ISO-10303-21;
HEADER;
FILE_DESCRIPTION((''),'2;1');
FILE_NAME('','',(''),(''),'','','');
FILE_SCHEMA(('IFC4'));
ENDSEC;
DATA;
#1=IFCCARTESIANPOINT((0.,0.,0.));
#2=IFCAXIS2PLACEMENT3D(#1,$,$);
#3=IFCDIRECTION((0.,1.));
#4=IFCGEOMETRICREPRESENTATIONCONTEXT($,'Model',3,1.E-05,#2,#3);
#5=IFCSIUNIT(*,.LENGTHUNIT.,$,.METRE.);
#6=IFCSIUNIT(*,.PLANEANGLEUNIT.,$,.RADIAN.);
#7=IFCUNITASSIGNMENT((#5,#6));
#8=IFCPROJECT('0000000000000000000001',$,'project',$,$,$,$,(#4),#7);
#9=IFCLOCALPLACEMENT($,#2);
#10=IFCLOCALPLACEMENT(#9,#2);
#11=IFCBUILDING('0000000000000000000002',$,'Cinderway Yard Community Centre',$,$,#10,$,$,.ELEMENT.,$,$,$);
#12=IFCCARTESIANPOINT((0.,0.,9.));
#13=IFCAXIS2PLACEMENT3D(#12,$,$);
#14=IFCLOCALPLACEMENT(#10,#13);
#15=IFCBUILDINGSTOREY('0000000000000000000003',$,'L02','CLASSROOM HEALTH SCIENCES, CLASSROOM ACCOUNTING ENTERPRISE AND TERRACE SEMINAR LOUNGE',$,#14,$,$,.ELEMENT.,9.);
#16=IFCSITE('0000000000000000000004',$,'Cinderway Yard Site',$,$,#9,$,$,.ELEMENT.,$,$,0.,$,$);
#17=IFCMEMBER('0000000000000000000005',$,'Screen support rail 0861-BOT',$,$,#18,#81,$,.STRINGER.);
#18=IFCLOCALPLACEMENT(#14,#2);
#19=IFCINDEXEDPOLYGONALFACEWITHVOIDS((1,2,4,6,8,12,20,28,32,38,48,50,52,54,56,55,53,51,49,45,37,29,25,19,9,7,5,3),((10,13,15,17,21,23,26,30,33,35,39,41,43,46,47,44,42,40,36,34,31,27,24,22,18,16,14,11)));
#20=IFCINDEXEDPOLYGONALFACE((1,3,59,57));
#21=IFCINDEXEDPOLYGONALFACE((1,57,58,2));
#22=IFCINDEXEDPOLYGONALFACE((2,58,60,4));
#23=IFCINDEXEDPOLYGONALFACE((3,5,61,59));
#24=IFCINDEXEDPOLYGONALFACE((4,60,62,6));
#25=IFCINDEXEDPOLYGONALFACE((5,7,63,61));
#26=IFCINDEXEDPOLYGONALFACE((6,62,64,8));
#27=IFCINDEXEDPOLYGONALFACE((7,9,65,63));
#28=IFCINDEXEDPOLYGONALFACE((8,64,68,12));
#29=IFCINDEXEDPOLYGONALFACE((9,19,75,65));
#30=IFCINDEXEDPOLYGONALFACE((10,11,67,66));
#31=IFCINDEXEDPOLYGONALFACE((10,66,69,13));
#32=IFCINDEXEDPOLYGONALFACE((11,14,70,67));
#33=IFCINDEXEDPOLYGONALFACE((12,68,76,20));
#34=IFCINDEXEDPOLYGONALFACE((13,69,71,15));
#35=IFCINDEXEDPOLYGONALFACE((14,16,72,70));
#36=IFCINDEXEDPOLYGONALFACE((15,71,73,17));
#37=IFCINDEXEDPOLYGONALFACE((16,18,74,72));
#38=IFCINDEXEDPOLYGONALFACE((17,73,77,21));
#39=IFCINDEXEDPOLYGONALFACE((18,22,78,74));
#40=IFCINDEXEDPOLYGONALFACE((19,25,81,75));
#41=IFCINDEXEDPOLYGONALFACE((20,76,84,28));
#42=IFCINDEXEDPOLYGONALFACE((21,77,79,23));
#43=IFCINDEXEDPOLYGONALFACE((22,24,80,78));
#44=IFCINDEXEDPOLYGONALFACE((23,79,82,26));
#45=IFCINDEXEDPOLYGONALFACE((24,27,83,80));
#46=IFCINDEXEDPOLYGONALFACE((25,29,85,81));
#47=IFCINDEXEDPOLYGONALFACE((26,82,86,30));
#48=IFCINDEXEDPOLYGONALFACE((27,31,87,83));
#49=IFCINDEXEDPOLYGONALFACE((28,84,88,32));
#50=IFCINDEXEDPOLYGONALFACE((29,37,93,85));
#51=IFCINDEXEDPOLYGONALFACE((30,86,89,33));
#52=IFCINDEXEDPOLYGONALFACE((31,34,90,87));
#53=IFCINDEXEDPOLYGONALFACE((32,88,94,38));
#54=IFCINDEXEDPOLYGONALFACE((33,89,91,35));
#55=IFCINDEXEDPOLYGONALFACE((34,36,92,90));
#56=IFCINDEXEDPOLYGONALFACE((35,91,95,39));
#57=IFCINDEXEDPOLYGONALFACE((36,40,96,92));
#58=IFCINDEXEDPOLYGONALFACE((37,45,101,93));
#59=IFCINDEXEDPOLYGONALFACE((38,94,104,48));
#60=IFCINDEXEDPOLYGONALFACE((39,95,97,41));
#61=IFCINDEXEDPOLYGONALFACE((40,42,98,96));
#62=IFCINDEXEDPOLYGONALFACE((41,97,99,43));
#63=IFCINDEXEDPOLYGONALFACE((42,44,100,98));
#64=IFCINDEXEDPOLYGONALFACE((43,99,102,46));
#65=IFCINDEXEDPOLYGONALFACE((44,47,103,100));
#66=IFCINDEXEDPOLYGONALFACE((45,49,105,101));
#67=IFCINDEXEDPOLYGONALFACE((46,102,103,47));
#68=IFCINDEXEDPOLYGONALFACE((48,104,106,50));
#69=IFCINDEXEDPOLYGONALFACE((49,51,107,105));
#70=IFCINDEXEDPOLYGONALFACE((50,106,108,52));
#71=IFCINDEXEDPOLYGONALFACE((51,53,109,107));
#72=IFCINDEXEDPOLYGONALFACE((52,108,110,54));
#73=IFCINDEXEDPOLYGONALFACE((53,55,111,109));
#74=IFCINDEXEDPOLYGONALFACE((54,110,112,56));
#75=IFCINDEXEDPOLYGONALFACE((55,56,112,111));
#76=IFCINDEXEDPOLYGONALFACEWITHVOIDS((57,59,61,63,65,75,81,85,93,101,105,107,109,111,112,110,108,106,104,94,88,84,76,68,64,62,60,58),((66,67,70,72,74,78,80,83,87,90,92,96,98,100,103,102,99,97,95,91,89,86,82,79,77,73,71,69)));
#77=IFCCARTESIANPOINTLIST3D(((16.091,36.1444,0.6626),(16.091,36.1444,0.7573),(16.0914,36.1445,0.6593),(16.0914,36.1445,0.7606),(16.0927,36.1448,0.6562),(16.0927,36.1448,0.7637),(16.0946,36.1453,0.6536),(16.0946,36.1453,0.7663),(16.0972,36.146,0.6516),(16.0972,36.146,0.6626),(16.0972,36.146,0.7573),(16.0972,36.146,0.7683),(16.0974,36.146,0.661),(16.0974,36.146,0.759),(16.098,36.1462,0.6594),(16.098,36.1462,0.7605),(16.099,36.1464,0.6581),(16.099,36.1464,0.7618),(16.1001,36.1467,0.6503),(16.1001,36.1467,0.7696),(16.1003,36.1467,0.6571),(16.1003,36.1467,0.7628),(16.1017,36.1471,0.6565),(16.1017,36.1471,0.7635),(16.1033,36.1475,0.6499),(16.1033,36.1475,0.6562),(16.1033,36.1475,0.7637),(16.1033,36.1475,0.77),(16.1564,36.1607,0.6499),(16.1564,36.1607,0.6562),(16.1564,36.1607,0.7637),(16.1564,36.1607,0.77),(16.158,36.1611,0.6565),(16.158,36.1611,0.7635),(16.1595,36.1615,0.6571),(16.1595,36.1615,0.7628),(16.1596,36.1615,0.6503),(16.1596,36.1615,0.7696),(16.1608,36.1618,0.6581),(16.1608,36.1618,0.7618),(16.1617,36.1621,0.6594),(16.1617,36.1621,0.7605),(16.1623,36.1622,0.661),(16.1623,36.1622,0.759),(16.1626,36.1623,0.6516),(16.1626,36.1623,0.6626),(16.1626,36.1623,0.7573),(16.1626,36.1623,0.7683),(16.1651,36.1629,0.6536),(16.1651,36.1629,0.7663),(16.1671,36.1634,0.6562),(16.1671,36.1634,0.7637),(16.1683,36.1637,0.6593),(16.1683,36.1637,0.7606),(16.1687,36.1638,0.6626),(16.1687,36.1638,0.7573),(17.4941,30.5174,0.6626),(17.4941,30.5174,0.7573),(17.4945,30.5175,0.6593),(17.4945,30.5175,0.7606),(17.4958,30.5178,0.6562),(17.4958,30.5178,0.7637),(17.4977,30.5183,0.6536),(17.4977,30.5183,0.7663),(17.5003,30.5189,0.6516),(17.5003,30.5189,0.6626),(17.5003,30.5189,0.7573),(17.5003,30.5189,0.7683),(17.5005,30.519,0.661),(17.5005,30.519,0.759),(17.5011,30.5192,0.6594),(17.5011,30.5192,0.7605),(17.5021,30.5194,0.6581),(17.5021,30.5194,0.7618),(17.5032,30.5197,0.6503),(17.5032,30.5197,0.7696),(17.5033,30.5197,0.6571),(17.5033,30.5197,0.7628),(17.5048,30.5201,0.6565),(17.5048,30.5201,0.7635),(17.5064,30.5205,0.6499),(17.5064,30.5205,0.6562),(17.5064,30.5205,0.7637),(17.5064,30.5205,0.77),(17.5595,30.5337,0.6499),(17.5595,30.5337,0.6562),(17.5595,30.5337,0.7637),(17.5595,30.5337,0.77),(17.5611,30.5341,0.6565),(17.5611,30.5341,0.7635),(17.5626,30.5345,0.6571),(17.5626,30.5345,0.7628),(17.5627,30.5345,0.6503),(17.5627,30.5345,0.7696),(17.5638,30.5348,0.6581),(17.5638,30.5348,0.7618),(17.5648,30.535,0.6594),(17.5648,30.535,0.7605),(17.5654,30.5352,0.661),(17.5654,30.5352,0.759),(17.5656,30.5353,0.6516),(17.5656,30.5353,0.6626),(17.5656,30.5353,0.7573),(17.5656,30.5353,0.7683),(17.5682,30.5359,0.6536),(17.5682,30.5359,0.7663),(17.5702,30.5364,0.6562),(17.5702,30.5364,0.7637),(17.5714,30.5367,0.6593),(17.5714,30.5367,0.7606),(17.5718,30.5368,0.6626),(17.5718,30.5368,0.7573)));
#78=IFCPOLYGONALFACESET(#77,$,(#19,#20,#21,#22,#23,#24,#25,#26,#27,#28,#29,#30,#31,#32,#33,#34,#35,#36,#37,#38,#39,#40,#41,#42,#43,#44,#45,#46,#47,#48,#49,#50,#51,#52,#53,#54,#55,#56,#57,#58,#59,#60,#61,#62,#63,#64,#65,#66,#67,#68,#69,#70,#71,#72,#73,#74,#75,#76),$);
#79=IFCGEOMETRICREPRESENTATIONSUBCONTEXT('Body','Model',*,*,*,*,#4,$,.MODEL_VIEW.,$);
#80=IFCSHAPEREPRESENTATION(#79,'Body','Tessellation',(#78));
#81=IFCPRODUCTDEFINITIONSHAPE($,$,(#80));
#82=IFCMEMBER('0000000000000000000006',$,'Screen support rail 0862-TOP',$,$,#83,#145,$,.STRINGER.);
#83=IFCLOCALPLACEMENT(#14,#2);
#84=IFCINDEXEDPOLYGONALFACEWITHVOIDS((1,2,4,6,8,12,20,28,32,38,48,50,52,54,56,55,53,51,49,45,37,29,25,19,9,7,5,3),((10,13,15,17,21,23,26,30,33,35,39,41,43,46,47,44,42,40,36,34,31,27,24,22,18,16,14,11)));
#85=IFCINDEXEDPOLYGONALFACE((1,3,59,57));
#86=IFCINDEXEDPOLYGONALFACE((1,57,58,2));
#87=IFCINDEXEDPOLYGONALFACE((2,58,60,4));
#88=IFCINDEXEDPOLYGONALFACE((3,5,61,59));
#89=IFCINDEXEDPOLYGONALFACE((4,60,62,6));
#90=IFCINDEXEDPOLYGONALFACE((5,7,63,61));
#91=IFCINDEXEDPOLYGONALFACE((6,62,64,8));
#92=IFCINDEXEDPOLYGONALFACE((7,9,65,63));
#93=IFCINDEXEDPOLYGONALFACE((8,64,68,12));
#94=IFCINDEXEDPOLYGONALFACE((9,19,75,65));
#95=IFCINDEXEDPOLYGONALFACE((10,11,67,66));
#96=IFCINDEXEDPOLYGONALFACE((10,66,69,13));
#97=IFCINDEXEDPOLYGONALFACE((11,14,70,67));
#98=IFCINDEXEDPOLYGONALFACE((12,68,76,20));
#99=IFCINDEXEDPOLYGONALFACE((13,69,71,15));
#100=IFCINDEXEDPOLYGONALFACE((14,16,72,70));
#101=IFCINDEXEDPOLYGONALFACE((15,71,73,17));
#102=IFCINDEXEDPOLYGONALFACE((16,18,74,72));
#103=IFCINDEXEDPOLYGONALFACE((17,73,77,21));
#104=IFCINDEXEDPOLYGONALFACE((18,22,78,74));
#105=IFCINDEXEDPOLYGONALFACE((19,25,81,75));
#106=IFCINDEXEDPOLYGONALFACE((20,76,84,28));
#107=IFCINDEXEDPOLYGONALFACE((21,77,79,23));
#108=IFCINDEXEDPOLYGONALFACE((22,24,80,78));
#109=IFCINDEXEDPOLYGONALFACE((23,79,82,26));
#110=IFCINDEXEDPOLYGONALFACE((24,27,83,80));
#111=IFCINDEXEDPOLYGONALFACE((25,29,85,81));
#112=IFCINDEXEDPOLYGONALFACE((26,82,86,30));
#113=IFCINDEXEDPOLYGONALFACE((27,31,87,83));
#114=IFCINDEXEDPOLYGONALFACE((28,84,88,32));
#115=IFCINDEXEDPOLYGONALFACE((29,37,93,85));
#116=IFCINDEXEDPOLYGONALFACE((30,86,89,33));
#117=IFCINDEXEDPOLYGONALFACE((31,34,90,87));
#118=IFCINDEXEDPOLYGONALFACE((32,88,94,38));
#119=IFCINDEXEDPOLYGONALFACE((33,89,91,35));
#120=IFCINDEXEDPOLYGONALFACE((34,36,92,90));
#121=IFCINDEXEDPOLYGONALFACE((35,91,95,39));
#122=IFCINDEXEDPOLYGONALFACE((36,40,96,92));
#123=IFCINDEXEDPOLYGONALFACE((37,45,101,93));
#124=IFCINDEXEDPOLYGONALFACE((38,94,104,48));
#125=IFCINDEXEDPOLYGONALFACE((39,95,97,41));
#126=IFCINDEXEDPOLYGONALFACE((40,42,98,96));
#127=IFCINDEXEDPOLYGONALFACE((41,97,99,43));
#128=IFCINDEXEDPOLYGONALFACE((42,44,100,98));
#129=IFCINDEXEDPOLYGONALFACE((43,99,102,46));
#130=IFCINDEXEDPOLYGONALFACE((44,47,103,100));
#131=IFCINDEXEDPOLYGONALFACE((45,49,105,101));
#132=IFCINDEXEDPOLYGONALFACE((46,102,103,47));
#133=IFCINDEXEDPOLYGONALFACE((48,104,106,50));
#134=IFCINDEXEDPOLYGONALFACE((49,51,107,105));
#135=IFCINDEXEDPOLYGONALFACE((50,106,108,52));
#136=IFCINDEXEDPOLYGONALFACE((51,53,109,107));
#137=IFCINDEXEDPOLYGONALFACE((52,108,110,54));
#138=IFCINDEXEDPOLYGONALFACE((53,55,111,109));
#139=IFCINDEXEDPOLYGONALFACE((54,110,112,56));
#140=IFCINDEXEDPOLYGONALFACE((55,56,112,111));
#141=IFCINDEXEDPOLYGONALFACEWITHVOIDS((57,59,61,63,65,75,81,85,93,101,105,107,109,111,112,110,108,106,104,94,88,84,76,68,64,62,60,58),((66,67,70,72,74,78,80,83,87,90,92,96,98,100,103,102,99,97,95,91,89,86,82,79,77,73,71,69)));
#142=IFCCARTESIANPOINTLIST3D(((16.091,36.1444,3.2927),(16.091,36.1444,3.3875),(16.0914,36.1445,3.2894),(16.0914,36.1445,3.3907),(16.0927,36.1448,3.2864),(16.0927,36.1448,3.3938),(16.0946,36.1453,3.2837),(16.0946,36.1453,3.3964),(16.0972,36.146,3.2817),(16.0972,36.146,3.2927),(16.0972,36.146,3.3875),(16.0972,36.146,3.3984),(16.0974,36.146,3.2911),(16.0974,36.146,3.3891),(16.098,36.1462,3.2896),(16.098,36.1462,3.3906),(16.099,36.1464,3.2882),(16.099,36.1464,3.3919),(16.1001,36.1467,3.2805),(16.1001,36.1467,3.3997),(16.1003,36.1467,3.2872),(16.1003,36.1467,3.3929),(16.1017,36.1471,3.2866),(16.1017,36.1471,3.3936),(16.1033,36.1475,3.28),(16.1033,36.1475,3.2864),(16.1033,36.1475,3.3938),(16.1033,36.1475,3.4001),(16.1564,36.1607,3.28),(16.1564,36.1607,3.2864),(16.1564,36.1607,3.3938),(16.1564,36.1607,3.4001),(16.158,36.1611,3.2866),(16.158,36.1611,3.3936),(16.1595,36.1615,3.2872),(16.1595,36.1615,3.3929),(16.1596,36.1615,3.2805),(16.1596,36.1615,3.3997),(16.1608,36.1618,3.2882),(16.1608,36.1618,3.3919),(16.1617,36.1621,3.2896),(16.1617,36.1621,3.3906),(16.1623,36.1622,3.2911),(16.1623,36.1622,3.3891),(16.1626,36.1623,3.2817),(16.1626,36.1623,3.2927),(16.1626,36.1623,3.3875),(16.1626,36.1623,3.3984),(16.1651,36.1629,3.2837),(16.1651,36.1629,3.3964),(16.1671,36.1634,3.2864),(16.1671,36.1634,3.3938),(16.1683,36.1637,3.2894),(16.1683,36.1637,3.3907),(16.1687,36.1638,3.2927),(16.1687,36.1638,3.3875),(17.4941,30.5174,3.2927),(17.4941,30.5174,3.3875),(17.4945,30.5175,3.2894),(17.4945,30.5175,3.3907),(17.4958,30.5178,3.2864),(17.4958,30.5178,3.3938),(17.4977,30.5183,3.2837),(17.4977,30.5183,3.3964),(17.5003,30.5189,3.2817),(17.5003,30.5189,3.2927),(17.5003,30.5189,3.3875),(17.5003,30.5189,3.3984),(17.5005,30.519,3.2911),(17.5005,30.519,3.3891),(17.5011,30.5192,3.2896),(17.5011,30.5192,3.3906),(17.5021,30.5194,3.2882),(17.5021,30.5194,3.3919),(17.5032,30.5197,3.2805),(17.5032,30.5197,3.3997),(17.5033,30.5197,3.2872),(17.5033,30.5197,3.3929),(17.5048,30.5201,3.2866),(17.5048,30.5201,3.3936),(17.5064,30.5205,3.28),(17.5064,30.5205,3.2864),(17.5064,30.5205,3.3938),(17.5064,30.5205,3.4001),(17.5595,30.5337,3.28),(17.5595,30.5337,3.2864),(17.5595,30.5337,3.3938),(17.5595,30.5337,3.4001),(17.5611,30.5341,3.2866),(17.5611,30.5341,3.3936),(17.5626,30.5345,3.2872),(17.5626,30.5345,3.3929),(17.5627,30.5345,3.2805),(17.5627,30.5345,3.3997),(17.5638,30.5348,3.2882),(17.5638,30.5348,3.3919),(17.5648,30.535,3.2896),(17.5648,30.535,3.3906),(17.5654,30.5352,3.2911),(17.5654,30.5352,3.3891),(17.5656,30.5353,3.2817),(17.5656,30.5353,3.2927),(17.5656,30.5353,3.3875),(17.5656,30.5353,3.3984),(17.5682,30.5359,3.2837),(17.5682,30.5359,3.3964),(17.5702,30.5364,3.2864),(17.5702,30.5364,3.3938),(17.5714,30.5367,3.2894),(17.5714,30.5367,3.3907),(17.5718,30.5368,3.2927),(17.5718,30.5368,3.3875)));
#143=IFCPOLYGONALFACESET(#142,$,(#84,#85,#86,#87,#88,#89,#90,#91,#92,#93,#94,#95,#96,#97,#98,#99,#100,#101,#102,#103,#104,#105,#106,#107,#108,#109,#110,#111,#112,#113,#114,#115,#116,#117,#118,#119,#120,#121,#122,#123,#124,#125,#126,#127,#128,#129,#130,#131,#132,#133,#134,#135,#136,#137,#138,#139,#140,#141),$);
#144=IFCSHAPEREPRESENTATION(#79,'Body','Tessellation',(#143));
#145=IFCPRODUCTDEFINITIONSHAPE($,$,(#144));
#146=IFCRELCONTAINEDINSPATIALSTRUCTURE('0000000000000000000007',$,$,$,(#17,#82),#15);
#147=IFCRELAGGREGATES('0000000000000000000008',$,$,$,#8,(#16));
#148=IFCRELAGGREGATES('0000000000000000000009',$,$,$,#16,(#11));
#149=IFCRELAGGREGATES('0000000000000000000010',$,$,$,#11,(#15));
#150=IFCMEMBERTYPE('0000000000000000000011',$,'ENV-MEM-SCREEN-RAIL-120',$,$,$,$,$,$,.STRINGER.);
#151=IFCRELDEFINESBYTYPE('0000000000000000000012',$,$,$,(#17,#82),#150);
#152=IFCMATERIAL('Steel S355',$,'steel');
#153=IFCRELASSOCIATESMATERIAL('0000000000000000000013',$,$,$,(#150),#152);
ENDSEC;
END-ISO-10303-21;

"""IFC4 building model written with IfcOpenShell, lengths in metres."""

from ifc_helpers import new_model, si_unit, direction, frame, origin, origin_2d, place, context, subcontext, project, spatial, hollow_rectangle, extrude, material, material_profile, profile_set, type_object, element, save


model = new_model("IFC4")

# Units and contexts
model_context = context("Model", 3, precision=1e-05, world=origin(), true_north=direction((0.0, 1.0)))
body_context = subcontext(model_context, "Body", "Model", "MODEL_VIEW")
ifc_project = project(units=[si_unit("LENGTHUNIT", "METRE"), si_unit("PLANEANGLEUNIT", "RADIAN")], contexts=[model_context])

# Site, building, storey
site_placement = place(None, origin())
site = spatial("IfcSite", under=ifc_project, at=site_placement, Name="Cinderway Yard Site", CompositionType="ELEMENT", RefElevation=0.0)
building_placement = place(site_placement, origin())
building = spatial("IfcBuilding", under=site, at=building_placement, Name="Cinderway Yard Community Centre", CompositionType="ELEMENT")
storey_placement = place(building_placement, frame((0.0, 0.0, 9.0)))
storey = spatial("IfcBuildingStorey", under=building, at=storey_placement, Name="L02", Description="CLASSROOM HEALTH SCIENCES, CLASSROOM ACCOUNTING ENTERPRISE AND TERRACE SEMINAR LOUNGE", CompositionType="ELEMENT", Elevation=9.0)

# Members
ifc_material_1 = material(Name="Steel S355", Category="steel")
ifc_material_profile_1 = material_profile(ifc_material_1, hollow_rectangle(XDim=0.0801, YDim=0.1201, WallThickness=0.0063, InnerFilletRadius=0.0063, OuterFilletRadius=0.0127, at=origin_2d()), Name="Steel S355")
ifc_profile_set_1 = profile_set([ifc_material_profile_1], Name="Steel S355")
member_type_1 = type_object("IfcMemberType", Name="ENV-MEM-SCREEN-RAIL-120", PredefinedType="STRINGER", material=ifc_profile_set_1)
for number, where, z_axis, x_axis, name in (
    (1, (17.533, 30.5271, 0.71), (-0.241941, 0.970291, 0.0), (-0.970291, -0.241941, 0.0), "Screen support rail 0861-BOT"),
    (2, (17.533, 30.5271, 3.3401), (-0.241941, 0.970291, 0.0), (-0.970291, -0.241941, 0.0), "Screen support rail 0862-TOP"),
):
    element("IfcMember", number, at=place(storey_placement, frame(where, z_axis=z_axis, x_axis=x_axis)), inside=storey, type_object=member_type_1, Name=name, PredefinedType="STRINGER", context=body_context, shape_type="SweptSolid", body=[
        extrude(hollow_rectangle(XDim=0.0801, YDim=0.1201, WallThickness=0.0063, InnerFilletRadius=0.0063, OuterFilletRadius=0.0127, at=origin_2d()), origin(), (0.0, 0.0, 1.0), 5.7993),
    ])

save(model, "model.ifc")
